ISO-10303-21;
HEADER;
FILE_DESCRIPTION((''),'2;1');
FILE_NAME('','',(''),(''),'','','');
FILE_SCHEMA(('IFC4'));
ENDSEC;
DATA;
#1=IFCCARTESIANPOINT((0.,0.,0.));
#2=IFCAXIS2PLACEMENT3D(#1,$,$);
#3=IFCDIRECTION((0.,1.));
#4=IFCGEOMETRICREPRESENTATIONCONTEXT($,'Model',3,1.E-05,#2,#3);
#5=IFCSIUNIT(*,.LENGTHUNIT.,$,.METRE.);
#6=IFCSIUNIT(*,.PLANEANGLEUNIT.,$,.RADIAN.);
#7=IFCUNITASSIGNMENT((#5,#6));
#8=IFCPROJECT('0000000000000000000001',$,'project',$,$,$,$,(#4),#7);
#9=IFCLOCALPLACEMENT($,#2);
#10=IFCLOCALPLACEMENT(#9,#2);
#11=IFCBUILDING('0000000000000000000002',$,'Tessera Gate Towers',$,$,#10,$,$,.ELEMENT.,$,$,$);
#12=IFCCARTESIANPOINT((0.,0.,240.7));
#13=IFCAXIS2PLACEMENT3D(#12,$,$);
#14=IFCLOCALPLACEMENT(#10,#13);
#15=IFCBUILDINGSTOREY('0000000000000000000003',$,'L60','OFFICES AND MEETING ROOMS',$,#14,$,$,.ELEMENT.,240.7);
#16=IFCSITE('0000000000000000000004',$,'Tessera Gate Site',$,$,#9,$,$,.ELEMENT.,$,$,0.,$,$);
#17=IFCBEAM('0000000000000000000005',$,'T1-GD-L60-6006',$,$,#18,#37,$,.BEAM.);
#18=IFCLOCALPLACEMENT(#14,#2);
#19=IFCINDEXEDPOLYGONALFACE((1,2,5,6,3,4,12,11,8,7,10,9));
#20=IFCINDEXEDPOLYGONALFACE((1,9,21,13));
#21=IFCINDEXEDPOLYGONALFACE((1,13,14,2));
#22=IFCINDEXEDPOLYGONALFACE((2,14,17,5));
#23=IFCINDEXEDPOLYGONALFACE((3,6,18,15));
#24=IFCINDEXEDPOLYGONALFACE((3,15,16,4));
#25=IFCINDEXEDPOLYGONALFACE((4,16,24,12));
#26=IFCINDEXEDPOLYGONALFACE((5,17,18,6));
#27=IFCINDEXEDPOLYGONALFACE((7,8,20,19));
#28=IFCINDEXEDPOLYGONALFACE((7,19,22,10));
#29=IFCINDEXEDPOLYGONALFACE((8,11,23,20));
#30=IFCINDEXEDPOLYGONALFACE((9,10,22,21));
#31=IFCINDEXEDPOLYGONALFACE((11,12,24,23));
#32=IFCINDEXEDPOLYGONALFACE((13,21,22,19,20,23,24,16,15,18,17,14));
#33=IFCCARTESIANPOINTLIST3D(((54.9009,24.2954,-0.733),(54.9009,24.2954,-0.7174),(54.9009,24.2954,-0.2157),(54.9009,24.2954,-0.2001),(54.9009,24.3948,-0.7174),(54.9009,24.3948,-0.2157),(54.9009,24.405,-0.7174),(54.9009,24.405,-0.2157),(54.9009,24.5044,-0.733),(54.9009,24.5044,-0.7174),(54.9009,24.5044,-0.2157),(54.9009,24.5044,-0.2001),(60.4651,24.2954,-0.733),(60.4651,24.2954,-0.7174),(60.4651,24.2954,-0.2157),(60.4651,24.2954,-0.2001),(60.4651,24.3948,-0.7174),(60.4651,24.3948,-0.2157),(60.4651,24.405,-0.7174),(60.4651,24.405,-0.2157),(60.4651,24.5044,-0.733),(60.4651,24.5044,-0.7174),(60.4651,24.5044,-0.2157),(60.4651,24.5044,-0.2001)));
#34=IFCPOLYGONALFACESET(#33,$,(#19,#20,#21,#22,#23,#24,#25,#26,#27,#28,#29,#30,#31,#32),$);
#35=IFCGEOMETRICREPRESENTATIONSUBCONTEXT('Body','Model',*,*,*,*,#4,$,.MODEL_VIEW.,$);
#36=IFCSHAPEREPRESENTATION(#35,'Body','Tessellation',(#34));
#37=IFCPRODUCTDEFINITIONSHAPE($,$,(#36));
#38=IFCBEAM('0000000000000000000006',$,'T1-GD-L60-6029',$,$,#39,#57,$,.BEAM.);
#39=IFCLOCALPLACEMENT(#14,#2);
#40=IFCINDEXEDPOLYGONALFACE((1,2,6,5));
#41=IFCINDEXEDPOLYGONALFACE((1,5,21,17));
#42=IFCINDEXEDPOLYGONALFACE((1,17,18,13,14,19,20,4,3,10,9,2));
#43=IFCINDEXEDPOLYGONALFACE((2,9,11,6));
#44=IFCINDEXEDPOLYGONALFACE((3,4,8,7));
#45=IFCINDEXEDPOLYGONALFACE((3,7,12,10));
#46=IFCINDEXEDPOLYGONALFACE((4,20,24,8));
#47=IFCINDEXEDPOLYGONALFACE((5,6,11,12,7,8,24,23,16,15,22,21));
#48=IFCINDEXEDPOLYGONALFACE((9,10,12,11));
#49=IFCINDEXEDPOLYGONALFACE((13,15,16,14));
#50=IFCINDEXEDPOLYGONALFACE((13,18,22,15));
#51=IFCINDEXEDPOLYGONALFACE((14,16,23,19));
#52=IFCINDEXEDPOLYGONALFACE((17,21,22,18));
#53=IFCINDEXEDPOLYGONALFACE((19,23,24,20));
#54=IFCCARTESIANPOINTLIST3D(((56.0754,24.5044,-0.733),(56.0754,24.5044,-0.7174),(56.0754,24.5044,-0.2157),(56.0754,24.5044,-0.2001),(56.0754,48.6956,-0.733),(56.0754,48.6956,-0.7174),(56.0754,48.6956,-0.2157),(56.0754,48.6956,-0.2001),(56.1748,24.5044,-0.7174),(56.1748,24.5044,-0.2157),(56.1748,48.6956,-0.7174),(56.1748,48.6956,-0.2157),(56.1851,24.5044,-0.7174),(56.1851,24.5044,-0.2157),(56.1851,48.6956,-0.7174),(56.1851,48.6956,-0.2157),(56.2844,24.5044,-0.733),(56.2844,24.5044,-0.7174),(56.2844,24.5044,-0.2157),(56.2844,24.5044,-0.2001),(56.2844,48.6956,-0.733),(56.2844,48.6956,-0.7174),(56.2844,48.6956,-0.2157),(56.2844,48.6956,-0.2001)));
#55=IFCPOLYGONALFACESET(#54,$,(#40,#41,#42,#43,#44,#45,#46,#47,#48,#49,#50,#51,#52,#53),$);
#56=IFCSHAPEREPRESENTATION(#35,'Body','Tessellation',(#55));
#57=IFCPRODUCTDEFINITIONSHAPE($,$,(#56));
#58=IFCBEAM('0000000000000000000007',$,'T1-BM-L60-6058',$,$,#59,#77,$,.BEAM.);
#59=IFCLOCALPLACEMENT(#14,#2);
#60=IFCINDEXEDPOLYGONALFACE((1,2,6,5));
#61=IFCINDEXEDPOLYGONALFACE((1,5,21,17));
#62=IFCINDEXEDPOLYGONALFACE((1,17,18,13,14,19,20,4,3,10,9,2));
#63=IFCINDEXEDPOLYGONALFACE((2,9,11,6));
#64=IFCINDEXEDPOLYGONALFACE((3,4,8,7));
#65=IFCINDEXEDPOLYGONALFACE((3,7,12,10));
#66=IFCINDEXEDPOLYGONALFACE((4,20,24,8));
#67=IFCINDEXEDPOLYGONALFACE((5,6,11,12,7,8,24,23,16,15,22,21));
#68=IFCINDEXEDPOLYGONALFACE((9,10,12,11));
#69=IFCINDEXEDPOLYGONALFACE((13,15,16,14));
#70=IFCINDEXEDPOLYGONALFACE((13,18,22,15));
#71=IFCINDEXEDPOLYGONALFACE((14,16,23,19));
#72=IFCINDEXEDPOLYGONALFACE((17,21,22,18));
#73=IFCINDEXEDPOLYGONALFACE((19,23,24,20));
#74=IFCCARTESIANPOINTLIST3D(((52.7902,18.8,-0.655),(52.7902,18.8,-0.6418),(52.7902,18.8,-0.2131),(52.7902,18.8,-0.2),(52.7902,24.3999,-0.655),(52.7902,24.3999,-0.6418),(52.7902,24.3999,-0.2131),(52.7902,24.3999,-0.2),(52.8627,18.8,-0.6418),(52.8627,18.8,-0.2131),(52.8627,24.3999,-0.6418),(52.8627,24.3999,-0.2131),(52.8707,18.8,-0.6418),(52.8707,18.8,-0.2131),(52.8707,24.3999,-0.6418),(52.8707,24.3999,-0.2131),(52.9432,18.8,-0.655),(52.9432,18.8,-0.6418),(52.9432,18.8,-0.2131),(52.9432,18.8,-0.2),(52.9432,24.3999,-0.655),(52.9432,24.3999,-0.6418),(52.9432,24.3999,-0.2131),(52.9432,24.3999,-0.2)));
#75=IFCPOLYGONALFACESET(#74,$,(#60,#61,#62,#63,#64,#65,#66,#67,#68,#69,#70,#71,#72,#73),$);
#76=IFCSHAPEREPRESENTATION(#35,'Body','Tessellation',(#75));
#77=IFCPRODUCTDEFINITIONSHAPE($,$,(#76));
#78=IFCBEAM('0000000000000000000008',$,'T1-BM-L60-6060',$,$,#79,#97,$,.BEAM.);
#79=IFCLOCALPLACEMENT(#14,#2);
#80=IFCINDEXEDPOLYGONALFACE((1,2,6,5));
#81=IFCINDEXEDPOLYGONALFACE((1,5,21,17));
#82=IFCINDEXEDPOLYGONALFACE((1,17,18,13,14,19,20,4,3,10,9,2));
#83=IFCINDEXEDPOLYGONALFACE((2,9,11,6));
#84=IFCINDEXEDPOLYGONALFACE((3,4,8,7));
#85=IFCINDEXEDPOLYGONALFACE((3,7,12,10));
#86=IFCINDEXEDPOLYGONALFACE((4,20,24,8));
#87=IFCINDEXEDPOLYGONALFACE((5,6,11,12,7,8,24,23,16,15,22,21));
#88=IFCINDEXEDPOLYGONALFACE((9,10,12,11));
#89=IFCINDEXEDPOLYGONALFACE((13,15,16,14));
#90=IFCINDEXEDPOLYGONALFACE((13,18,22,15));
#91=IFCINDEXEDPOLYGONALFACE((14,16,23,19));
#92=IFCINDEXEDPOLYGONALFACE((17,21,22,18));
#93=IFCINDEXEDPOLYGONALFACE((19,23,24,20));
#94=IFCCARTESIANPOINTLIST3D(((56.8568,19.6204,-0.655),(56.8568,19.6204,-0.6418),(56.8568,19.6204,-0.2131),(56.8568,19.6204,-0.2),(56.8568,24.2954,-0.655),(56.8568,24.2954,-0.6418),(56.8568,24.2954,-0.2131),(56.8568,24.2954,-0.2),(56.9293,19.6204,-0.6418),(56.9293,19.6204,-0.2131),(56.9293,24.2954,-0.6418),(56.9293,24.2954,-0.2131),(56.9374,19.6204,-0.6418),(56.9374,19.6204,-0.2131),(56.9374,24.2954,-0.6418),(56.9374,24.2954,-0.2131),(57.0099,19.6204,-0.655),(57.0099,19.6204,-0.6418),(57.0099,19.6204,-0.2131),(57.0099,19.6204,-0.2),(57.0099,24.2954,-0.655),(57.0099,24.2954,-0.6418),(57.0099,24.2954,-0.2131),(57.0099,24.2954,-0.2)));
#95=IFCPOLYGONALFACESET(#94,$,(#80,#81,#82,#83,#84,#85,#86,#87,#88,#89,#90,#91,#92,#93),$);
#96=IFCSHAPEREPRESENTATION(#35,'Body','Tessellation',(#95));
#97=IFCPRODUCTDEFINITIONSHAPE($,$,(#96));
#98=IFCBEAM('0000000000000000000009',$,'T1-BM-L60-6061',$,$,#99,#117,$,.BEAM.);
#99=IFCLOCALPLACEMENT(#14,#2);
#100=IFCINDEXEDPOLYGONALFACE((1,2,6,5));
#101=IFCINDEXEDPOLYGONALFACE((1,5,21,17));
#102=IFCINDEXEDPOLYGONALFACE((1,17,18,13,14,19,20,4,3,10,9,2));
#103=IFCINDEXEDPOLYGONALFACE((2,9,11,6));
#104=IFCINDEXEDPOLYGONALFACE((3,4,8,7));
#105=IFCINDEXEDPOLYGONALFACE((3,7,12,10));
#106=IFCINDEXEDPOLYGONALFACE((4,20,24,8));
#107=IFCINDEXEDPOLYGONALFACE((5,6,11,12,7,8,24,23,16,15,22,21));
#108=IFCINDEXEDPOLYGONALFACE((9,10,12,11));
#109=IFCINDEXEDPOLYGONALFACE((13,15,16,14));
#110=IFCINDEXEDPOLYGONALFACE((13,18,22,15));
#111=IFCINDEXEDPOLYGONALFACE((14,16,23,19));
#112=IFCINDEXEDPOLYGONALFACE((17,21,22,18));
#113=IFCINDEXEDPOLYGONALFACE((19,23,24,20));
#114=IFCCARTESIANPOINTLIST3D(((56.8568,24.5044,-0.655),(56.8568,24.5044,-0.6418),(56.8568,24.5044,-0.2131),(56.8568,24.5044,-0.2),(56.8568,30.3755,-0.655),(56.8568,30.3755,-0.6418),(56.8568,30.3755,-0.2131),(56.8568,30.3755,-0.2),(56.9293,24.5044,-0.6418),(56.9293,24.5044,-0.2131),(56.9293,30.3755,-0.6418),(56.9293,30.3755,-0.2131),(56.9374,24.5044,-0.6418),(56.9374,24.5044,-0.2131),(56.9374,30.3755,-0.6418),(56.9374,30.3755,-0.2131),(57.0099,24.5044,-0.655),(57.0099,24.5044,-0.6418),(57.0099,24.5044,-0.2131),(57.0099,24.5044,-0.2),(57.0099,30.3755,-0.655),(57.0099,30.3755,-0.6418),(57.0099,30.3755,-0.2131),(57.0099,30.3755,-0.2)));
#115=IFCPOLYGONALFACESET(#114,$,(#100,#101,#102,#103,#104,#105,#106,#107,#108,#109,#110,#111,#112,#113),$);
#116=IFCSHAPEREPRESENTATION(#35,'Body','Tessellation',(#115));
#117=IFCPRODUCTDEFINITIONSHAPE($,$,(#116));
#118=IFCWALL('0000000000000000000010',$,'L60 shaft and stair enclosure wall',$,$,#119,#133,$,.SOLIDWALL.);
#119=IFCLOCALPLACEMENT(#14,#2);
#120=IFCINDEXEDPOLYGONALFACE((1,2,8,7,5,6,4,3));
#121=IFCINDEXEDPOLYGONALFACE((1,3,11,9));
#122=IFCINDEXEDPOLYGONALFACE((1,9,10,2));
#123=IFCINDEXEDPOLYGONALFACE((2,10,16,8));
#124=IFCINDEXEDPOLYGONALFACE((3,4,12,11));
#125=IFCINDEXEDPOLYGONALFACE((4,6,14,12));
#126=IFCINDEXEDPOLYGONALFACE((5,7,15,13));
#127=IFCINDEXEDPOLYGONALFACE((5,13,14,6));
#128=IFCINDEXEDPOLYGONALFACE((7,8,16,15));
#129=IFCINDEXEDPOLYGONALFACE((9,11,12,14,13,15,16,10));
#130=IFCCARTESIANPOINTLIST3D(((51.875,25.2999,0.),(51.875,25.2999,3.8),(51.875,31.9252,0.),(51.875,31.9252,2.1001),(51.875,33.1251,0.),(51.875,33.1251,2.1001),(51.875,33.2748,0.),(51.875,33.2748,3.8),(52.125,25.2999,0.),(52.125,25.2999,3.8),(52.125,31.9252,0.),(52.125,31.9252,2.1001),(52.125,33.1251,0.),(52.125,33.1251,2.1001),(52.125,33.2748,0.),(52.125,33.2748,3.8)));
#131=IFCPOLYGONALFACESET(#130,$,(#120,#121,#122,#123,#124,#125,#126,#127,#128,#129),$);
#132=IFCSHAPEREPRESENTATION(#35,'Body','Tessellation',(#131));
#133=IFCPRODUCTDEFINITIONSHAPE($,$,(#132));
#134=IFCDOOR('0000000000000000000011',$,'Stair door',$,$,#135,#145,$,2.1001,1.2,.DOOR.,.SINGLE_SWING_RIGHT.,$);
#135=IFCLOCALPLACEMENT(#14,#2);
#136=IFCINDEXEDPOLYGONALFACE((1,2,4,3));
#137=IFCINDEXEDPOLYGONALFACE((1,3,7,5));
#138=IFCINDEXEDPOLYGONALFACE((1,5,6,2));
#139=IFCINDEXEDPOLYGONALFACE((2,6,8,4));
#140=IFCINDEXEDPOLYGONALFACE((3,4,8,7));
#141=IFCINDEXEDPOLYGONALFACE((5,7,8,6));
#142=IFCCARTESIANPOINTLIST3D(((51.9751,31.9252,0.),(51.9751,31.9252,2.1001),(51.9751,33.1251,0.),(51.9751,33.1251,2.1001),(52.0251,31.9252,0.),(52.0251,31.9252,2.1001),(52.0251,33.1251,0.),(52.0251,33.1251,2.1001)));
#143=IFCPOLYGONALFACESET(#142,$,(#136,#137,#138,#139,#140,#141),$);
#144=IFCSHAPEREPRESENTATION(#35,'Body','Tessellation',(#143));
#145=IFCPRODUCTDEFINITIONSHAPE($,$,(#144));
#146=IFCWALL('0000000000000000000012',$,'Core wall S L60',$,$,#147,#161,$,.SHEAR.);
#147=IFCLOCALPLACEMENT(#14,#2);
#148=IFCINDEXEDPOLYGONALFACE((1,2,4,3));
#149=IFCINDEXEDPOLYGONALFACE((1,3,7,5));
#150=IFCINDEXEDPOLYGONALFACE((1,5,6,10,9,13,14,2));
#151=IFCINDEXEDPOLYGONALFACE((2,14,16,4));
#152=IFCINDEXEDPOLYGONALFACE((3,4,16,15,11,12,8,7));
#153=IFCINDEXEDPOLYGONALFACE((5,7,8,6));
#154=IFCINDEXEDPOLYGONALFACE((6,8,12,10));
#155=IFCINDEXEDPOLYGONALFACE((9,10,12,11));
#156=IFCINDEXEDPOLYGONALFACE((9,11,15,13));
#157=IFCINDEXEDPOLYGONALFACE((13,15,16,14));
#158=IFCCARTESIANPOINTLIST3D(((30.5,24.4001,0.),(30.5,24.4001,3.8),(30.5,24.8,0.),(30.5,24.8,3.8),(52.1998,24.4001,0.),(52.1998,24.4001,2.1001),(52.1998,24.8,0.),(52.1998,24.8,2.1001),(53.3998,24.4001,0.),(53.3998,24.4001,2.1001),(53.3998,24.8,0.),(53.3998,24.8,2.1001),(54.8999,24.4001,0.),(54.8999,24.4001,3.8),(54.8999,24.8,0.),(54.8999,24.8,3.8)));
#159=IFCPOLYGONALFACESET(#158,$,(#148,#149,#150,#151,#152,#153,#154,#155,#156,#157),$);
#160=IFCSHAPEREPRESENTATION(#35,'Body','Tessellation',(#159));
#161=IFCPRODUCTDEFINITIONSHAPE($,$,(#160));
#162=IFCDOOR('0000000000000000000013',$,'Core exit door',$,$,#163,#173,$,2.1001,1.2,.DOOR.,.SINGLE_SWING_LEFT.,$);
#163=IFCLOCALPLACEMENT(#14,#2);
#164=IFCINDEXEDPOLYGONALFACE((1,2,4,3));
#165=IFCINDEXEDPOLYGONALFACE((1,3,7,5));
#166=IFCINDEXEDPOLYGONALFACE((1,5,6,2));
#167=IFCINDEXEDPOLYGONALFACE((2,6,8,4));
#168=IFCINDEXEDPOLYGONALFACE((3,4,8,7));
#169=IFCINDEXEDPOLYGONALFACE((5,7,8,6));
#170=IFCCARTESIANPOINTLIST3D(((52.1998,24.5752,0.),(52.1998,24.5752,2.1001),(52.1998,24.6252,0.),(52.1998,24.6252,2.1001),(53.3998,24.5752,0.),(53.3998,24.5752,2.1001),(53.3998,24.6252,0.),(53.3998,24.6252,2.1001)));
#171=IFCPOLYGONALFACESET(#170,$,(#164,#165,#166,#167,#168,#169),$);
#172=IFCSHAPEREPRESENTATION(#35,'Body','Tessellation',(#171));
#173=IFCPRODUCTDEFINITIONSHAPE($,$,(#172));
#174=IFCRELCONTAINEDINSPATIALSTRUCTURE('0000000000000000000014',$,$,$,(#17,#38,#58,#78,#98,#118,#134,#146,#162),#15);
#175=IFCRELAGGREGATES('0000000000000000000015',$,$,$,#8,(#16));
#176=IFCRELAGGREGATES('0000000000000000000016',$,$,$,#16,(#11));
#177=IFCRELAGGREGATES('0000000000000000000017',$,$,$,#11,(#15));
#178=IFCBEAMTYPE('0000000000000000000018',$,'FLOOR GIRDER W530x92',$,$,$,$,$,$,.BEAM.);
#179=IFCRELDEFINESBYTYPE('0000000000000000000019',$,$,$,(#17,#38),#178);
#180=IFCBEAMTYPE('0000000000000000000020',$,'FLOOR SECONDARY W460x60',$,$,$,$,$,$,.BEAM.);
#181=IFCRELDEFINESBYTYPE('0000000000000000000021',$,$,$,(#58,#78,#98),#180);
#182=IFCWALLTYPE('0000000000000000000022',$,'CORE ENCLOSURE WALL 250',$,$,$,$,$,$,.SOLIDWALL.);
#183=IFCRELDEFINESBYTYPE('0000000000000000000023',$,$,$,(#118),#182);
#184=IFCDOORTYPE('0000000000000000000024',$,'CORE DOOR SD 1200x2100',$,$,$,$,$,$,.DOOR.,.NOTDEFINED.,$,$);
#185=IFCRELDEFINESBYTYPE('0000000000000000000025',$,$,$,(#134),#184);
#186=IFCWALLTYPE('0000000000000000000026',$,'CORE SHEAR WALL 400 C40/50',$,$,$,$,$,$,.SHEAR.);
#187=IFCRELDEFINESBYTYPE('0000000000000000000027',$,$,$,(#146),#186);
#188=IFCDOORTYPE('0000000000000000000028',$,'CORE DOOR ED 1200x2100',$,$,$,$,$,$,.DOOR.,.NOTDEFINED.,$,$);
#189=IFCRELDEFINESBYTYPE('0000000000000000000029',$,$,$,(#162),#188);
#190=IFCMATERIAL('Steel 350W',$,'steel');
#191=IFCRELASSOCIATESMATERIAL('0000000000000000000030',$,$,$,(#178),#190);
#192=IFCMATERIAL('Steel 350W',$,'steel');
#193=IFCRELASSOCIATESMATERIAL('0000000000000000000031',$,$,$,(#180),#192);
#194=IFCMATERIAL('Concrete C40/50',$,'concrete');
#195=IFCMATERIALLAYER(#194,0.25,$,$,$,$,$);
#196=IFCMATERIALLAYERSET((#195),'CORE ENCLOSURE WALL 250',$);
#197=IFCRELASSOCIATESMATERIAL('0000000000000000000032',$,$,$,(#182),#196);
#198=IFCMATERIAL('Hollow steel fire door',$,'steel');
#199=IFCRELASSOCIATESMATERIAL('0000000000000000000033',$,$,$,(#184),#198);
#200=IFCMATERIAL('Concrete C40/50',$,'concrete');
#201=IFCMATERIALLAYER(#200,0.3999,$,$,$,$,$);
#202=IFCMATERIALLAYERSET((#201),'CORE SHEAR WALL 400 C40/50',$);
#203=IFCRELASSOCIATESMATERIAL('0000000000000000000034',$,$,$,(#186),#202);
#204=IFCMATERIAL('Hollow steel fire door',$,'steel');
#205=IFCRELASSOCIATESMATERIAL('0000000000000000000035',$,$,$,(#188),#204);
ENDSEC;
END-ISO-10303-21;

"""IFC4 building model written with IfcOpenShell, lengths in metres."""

from ifc_helpers import new_model, si_unit, direction, frame, frame_2d, origin, origin_2d, place, context, subcontext, project, spatial, rectangle, i_section, extrude, source, transform, mapped, material, layer, layer_set, material_profile, profile_set, type_object, element, fill, save


model = new_model("IFC4")

# Units and contexts
model_context = context("Model", 3, precision=1e-05, world=origin(), true_north=direction((0.0, 1.0)))
body_context = subcontext(model_context, "Body", "Model", "MODEL_VIEW")
ifc_project = project(units=[si_unit("LENGTHUNIT", "METRE"), si_unit("PLANEANGLEUNIT", "RADIAN")], contexts=[model_context])

# Site, building, storey
site_placement = place(None, origin())
site = spatial("IfcSite", under=ifc_project, at=site_placement, Name="Tessera Gate Site", CompositionType="ELEMENT", RefElevation=0.0)
building_placement = place(site_placement, origin())
building = spatial("IfcBuilding", under=site, at=building_placement, Name="Tessera Gate Towers", CompositionType="ELEMENT")
storey_placement = place(building_placement, frame((0.0, 0.0, 240.7)))
storey = spatial("IfcBuildingStorey", under=building, at=storey_placement, Name="L60", Description="OFFICES AND MEETING ROOMS", CompositionType="ELEMENT", Elevation=240.7)

# Beams
ifc_material_1 = material(Name="Steel 350W", Category="steel")
ifc_material_profile_1 = material_profile(ifc_material_1, i_section(OverallWidth=0.209, OverallDepth=0.533, WebThickness=0.0103, FlangeThickness=0.0156, at=origin_2d()), Name="W530x92")
ifc_profile_set_1 = profile_set([ifc_material_profile_1], Name="Steel 350W")
beam_type_1 = type_object("IfcBeamType", Name="FLOOR GIRDER W530x92", PredefinedType="BEAM", material=ifc_profile_set_1)
beam_1_placement = place(storey_placement, frame((54.9009, 24.3999, -0.4666), z_axis=(1.0, 0.0, 0.0), x_axis=(0.0, 1.0, 0.0)))
element("IfcBeam", 1, at=beam_1_placement, inside=storey, type_object=beam_type_1, Name="T1-GD-L60-6006", PredefinedType="BEAM", context=body_context, shape_type="SweptSolid", body=[
    extrude(i_section(OverallWidth=0.209, OverallDepth=0.533, WebThickness=0.0103, FlangeThickness=0.0156, at=origin_2d()), origin(), (0.0, 0.0, 1.0), 5.5642),
])
beam_2_placement = place(storey_placement, frame((56.1799, 24.5044, -0.4666), z_axis=(0.0, 1.0, 0.0), x_axis=(-1.0, 0.0, 0.0)))
element("IfcBeam", 2, at=beam_2_placement, inside=storey, type_object=beam_type_1, Name="T1-GD-L60-6029", PredefinedType="BEAM", context=body_context, shape_type="SweptSolid", body=[
    extrude(i_section(OverallWidth=0.209, OverallDepth=0.533, WebThickness=0.0103, FlangeThickness=0.0156, at=origin_2d()), origin(), (0.0, 0.0, 1.0), 24.1912),
])
ifc_material_2 = material(Name="Steel 350W", Category="steel")
ifc_material_profile_2 = material_profile(ifc_material_2, i_section(OverallWidth=0.1531, OverallDepth=0.4551, WebThickness=0.0081, FlangeThickness=0.0132, at=origin_2d()), Name="W460x60")
ifc_profile_set_2 = profile_set([ifc_material_profile_2], Name="Steel 350W")
beam_type_2 = type_object("IfcBeamType", Name="FLOOR SECONDARY W460x60", PredefinedType="BEAM", material=ifc_profile_set_2)
beam_3_placement = place(storey_placement, frame((52.8667, 18.8, -0.4275), z_axis=(0.0, 1.0, 0.0), x_axis=(-1.0, 0.0, 0.0)))
element("IfcBeam", 3, at=beam_3_placement, inside=storey, type_object=beam_type_2, Name="T1-BM-L60-6058", PredefinedType="BEAM", context=body_context, shape_type="SweptSolid", body=[
    extrude(i_section(OverallWidth=0.1531, OverallDepth=0.4551, WebThickness=0.0081, FlangeThickness=0.0132, at=origin_2d()), origin(), (0.0, 0.0, 1.0), 5.5999),
])
beam_4_placement = place(storey_placement, frame((56.9333, 19.6204, -0.4275), z_axis=(0.0, 1.0, 0.0), x_axis=(-1.0, 0.0, 0.0)))
element("IfcBeam", 4, at=beam_4_placement, inside=storey, type_object=beam_type_2, Name="T1-BM-L60-6060", PredefinedType="BEAM", context=body_context, shape_type="SweptSolid", body=[
    extrude(i_section(OverallWidth=0.1531, OverallDepth=0.4551, WebThickness=0.0081, FlangeThickness=0.0132, at=origin_2d()), origin(), (0.0, 0.0, 1.0), 4.675),
])
beam_5_placement = place(storey_placement, frame((56.9333, 24.5044, -0.4275), z_axis=(0.0, 1.0, 0.0), x_axis=(-1.0, 0.0, 0.0)))
element("IfcBeam", 5, at=beam_5_placement, inside=storey, type_object=beam_type_2, Name="T1-BM-L60-6061", PredefinedType="BEAM", context=body_context, shape_type="SweptSolid", body=[
    extrude(i_section(OverallWidth=0.1531, OverallDepth=0.4551, WebThickness=0.0081, FlangeThickness=0.0132, at=origin_2d()), origin(), (0.0, 0.0, 1.0), 5.8711),
])

# Walls, openings, doors
ifc_material_3 = material(Name="Concrete C40/50", Category="concrete")
ifc_layer_1 = layer(ifc_material_3, 0.25)
ifc_layer_set_1 = layer_set([ifc_layer_1], Name="CORE ENCLOSURE WALL 250")
wall_type_1 = type_object("IfcWallType", Name="CORE ENCLOSURE WALL 250", PredefinedType="SOLIDWALL", material=ifc_layer_set_1)
wall_1_placement = place(storey_placement, frame((52.0, 25.3, 0.0), z_axis=(0.0, 0.0, 1.0), x_axis=(0.0, 1.0, 0.0)))
wall_1 = element("IfcWall", 6, at=wall_1_placement, inside=storey, type_object=wall_type_1, Name="L60 shaft and stair enclosure wall", PredefinedType="SOLIDWALL", context=body_context, shape_type="SweptSolid", body=[
    extrude(rectangle(XDim=7.9749, YDim=0.25, at=frame_2d((3.9873, 0.0))), origin(), (0.0, 0.0, 1.0), 3.8),
])
shared_shape_1 = source(origin(), body_context, "Body", "SweptSolid", [
    extrude(rectangle(XDim=1.2, YDim=2.1001, at=frame_2d((0.6001, 1.05))), frame((0.0, 0.135, 0.0), z_axis=(0.0, -1.0, 0.0), x_axis=(1.0, 0.0, 0.0)), (0.0, 0.0, 1.0), 0.27),
])
opening_1_placement = place(wall_1_placement, frame((6.625, 0.0, 0.0)))
opening_1 = element("IfcOpeningElement", 7, at=opening_1_placement, cuts=wall_1, PredefinedType="OPENING", context=body_context, shape_type="MappedRepresentation", body=[
    mapped(shared_shape_1, transform((0.0, 0.0, 0.0), scale=1.0)),
])
ifc_material_4 = material(Name="Hollow steel fire door", Category="steel")
door_type_1 = type_object("IfcDoorType", Name="CORE DOOR SD 1200x2100", OperationType="NOTDEFINED", PredefinedType="DOOR", material=ifc_material_4)
shared_shape_2 = source(origin(), body_context, "Body", "SweptSolid", [
    extrude(rectangle(XDim=1.2, YDim=2.1001, at=frame_2d((0.6001, 1.05))), frame((0.0, 0.0249, 0.0), z_axis=(0.0, -1.0, 0.0), x_axis=(1.0, 0.0, 0.0)), (0.0, 0.0, 1.0), 0.05),
])
door_1_placement = place(opening_1_placement, origin())
door_1 = element("IfcDoor", 8, at=door_1_placement, inside=storey, type_object=door_type_1, Name="Stair door", OperationType="SINGLE_SWING_RIGHT", OverallHeight=2.1001, OverallWidth=1.2, PredefinedType="DOOR", context=body_context, shape_type="MappedRepresentation", body=[
    mapped(shared_shape_2, transform((0.0, 0.0, 0.0), scale=1.0)),
])
fill(opening_1, door_1)
ifc_material_5 = material(Name="Concrete C40/50", Category="concrete")
ifc_layer_2 = layer(ifc_material_5, 0.3999)
ifc_layer_set_2 = layer_set([ifc_layer_2], Name="CORE SHEAR WALL 400 C40/50")
wall_type_2 = type_object("IfcWallType", Name="CORE SHEAR WALL 400 C40/50", PredefinedType="SHEAR", material=ifc_layer_set_2)
wall_2_placement = place(storey_placement, frame((54.8999, 24.6001, 0.0), z_axis=(0.0, 0.0, 1.0), x_axis=(-1.0, 0.0, 0.0)))
wall_2 = element("IfcWall", 9, at=wall_2_placement, inside=storey, type_object=wall_type_2, Name="Core wall S L60", PredefinedType="SHEAR", context=body_context, shape_type="SweptSolid", body=[
    extrude(rectangle(XDim=24.3999, YDim=0.3999, at=frame_2d((12.2, 0.0))), origin(), (0.0, 0.0, 1.0), 3.8),
])
shared_shape_3 = source(origin(), body_context, "Body", "SweptSolid", [
    extrude(rectangle(XDim=1.2, YDim=2.1001, at=frame_2d((0.6001, 1.05))), frame((0.0, 0.21, 0.0), z_axis=(0.0, -1.0, 0.0), x_axis=(1.0, 0.0, 0.0)), (0.0, 0.0, 1.0), 0.4199),
])
opening_2_placement = place(wall_2_placement, frame((1.5, 0.0, 0.0)))
opening_2 = element("IfcOpeningElement", 10, at=opening_2_placement, cuts=wall_2, PredefinedType="OPENING", context=body_context, shape_type="MappedRepresentation", body=[
    mapped(shared_shape_3, transform((0.0, 0.0, 0.0), scale=1.0)),
])
ifc_material_6 = material(Name="Hollow steel fire door", Category="steel")
door_type_2 = type_object("IfcDoorType", Name="CORE DOOR ED 1200x2100", OperationType="NOTDEFINED", PredefinedType="DOOR", material=ifc_material_6)
door_2_placement = place(opening_2_placement, origin())
door_2 = element("IfcDoor", 11, at=door_2_placement, inside=storey, type_object=door_type_2, Name="Core exit door", OperationType="SINGLE_SWING_LEFT", OverallHeight=2.1001, OverallWidth=1.2, PredefinedType="DOOR", context=body_context, shape_type="MappedRepresentation", body=[
    mapped(shared_shape_2, transform((0.0, 0.0, 0.0), scale=1.0)),
])
fill(opening_2, door_2)

save(model, "model.ifc")
